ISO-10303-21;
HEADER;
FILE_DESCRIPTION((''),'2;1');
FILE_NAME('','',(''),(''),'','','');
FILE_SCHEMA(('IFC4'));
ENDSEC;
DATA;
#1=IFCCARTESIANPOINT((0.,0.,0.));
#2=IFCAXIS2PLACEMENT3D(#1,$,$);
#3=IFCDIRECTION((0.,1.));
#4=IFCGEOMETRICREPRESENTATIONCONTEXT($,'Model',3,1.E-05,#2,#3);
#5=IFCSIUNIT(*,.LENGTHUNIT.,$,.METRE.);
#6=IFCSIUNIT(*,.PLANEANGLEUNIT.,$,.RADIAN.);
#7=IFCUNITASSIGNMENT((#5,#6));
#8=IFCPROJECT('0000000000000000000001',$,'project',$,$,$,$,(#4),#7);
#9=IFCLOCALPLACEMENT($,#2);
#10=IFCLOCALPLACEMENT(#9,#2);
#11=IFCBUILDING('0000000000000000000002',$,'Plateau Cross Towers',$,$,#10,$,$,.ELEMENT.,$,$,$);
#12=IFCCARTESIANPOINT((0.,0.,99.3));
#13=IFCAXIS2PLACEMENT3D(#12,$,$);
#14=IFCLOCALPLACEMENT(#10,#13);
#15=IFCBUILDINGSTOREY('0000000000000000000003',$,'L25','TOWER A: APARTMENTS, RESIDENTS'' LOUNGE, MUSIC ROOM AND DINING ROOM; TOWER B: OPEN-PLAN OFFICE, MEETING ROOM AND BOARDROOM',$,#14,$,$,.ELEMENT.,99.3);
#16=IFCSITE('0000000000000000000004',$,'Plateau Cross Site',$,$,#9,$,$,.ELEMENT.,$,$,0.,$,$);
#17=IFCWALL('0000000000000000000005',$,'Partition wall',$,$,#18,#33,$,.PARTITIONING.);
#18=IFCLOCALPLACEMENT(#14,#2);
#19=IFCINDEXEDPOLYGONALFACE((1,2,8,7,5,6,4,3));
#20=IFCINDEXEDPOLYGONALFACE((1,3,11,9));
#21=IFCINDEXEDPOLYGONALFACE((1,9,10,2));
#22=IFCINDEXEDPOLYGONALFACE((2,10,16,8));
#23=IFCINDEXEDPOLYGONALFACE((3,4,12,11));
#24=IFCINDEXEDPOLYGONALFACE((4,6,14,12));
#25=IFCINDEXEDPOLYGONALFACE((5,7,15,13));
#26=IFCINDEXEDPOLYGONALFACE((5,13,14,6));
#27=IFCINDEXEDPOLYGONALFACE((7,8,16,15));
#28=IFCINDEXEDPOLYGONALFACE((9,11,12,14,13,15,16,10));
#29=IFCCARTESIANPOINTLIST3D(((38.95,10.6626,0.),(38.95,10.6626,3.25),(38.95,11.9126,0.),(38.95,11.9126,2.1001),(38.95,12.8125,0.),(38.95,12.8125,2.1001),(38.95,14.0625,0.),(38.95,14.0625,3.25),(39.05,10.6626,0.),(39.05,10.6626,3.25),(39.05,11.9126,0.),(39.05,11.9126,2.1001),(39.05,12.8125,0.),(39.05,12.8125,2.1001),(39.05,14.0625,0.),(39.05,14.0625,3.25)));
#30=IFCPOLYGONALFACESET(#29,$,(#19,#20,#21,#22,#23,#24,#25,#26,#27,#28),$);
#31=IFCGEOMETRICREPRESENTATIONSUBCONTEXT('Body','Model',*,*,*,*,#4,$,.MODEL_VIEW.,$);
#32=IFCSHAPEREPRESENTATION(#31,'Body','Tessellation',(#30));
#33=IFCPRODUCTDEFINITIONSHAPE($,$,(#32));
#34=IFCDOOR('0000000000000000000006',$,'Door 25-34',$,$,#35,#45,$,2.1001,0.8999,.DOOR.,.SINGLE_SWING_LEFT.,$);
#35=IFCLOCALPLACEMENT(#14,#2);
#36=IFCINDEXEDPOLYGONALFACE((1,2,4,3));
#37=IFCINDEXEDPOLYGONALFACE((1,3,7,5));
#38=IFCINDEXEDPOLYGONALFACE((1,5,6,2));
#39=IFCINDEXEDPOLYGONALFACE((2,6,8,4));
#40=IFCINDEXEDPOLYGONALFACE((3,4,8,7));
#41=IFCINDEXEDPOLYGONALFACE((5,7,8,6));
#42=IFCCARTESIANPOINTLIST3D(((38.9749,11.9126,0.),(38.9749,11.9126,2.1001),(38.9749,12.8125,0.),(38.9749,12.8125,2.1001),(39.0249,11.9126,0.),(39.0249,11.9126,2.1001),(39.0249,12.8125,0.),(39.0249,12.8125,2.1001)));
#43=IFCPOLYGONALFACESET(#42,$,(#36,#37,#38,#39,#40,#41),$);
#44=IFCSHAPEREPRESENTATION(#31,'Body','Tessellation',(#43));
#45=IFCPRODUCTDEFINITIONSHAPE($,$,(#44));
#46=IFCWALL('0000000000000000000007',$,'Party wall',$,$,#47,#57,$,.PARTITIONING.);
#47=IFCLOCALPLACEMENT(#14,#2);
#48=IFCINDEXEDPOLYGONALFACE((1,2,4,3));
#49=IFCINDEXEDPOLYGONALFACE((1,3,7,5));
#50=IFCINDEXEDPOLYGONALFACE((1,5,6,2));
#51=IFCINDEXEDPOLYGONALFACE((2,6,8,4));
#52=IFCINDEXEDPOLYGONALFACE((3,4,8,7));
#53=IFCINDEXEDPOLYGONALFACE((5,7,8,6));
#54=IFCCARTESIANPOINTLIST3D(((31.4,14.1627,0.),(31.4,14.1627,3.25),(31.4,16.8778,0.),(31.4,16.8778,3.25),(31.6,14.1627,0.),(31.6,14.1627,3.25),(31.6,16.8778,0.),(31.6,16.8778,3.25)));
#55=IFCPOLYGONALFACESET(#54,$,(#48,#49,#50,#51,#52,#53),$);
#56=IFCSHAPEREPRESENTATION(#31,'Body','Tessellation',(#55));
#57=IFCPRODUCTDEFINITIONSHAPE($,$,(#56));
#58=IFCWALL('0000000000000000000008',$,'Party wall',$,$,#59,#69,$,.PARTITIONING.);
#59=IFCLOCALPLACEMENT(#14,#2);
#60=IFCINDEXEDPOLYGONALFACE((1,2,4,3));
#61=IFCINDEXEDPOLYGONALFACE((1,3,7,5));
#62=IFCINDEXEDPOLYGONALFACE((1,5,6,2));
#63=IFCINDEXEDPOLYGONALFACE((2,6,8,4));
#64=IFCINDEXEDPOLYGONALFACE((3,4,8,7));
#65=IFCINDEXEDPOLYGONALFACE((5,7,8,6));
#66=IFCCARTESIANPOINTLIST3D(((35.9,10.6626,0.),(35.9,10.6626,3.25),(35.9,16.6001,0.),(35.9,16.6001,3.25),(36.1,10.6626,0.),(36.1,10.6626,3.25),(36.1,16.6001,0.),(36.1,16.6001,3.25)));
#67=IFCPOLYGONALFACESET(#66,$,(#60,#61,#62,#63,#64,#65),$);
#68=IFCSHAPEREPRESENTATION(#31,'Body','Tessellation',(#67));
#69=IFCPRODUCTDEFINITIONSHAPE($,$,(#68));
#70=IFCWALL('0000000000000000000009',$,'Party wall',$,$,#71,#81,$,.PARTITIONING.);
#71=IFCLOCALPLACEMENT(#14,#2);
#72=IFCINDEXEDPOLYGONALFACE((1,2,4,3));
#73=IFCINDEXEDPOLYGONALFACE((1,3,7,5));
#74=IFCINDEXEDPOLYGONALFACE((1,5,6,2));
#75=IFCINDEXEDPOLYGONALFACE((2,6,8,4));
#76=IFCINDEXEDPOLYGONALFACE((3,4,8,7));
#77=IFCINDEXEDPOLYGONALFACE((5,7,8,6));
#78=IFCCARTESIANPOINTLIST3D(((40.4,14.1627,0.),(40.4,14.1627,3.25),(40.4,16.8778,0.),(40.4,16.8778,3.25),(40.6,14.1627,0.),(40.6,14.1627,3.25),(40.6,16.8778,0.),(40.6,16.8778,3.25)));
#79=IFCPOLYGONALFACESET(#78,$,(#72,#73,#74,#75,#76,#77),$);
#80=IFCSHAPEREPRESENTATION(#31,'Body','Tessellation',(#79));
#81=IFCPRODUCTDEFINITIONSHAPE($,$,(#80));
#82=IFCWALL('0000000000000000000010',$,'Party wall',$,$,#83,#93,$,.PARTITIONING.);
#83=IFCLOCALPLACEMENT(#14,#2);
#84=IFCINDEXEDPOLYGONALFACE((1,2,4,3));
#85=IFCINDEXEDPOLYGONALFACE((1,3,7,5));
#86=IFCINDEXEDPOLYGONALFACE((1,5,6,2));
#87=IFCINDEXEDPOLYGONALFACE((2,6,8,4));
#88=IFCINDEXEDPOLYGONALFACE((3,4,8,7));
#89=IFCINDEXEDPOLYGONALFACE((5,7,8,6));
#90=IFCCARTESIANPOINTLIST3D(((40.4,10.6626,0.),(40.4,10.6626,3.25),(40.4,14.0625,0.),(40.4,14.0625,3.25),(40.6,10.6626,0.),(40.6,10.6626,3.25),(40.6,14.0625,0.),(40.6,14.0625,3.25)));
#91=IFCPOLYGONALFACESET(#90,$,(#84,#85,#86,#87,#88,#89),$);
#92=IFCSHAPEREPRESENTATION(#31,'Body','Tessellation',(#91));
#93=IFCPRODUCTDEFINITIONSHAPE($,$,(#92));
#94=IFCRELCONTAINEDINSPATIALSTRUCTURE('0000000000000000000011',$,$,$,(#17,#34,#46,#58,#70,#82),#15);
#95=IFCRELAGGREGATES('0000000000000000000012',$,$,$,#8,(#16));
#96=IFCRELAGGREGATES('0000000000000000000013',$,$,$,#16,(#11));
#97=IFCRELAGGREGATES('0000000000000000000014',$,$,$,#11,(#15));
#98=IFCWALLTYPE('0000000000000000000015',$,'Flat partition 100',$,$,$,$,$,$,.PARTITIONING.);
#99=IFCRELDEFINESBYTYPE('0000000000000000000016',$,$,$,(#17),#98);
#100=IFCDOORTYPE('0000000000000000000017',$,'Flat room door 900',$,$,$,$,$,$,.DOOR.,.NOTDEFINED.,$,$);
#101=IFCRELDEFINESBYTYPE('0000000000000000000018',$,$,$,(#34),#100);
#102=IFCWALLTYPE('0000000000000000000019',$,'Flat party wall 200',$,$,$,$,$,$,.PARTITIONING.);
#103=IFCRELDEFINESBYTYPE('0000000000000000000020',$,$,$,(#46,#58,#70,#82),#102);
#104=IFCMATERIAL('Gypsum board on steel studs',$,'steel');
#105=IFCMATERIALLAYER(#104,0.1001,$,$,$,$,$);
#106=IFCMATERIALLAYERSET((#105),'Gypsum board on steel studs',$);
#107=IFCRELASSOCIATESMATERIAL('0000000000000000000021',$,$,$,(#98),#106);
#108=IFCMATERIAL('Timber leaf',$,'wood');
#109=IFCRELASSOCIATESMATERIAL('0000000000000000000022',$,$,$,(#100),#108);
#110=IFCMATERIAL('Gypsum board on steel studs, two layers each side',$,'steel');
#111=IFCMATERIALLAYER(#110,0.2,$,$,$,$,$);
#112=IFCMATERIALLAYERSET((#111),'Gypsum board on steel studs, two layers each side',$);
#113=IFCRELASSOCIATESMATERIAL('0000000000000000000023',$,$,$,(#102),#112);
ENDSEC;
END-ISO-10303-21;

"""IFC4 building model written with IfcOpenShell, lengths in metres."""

from ifc_helpers import new_model, si_unit, direction, frame, frame_2d, origin, place, context, subcontext, project, spatial, rectangle, extrude, material, layer, layer_set, type_object, element, fill, save


model = new_model("IFC4")

# Units and contexts
model_context = context("Model", 3, precision=1e-05, world=origin(), true_north=direction((0.0, 1.0)))
body_context = subcontext(model_context, "Body", "Model", "MODEL_VIEW")
ifc_project = project(units=[si_unit("LENGTHUNIT", "METRE"), si_unit("PLANEANGLEUNIT", "RADIAN")], contexts=[model_context])

# Site, building, storey
site_placement = place(None, origin())
site = spatial("IfcSite", under=ifc_project, at=site_placement, Name="Plateau Cross Site", CompositionType="ELEMENT", RefElevation=0.0)
building_placement = place(site_placement, origin())
building = spatial("IfcBuilding", under=site, at=building_placement, Name="Plateau Cross Towers", CompositionType="ELEMENT")
storey_placement = place(building_placement, frame((0.0, 0.0, 99.3)))
storey = spatial("IfcBuildingStorey", under=building, at=storey_placement, Name="L25", Description="TOWER A: APARTMENTS, RESIDENTS' LOUNGE, MUSIC ROOM AND DINING ROOM; TOWER B: OPEN-PLAN OFFICE, MEETING ROOM AND BOARDROOM", CompositionType="ELEMENT", Elevation=99.3)

# Shared definitions
ifc_material_1 = material(Name="Gypsum board on steel studs", Category="steel")
ifc_layer_1 = layer(ifc_material_1, 0.1001)
ifc_layer_set_1 = layer_set([ifc_layer_1], Name="Gypsum board on steel studs")
wall_type_1 = type_object("IfcWallType", Name="Flat partition 100", PredefinedType="PARTITIONING", material=ifc_layer_set_1)

# Wall, opening, door
ifc_material_2 = material(Name="Timber leaf", Category="wood")
door_type = type_object("IfcDoorType", Name="Flat room door 900", OperationType="NOTDEFINED", PredefinedType="DOOR", material=ifc_material_2)
wall_1_placement = place(storey_placement, frame((39.0, 14.0625, 0.0), z_axis=(0.0, 0.0, 1.0), x_axis=(0.0, -1.0, 0.0)))
wall_1 = element("IfcWall", 1, at=wall_1_placement, inside=storey, type_object=wall_type_1, Name="Partition wall", PredefinedType="PARTITIONING", context=body_context, shape_type="SweptSolid", body=[
    extrude(rectangle(XDim=3.3999, YDim=0.1001, at=frame_2d((1.7, 0.0))), origin(), (0.0, 0.0, 1.0), 3.25),
])
opening_1_placement = place(wall_1_placement, frame((1.25, 0.0, 0.0)))
opening_1 = element("IfcOpeningElement", 2, at=opening_1_placement, cuts=wall_1, PredefinedType="OPENING", context=body_context, shape_type="SweptSolid", body=[
    extrude(rectangle(XDim=0.8999, YDim=2.1001, at=frame_2d((0.45, 1.05))), frame((0.0, 0.0601, 0.0), z_axis=(0.0, -1.0, 0.0), x_axis=(1.0, 0.0, 0.0)), (0.0, 0.0, 1.0), 0.1201),
])
door_1_placement = place(opening_1_placement, origin())
door_1 = element("IfcDoor", 3, at=door_1_placement, inside=storey, type_object=door_type, Name="Door 25-34", OperationType="SINGLE_SWING_LEFT", OverallHeight=2.1001, OverallWidth=0.8999, PredefinedType="DOOR", context=body_context, shape_type="SweptSolid", body=[
    extrude(rectangle(XDim=0.8999, YDim=2.1001, at=frame_2d((0.45, 1.05))), frame((0.0, 0.0249, 0.0), z_axis=(0.0, -1.0, 0.0), x_axis=(1.0, 0.0, 0.0)), (0.0, 0.0, 1.0), 0.05),
])
fill(opening_1, door_1)

# Walls
ifc_material_3 = material(Name="Gypsum board on steel studs, two layers each side", Category="steel")
ifc_layer_2 = layer(ifc_material_3, 0.2)
ifc_layer_set_2 = layer_set([ifc_layer_2], Name="Gypsum board on steel studs, two layers each side")
wall_type_2 = type_object("IfcWallType", Name="Flat party wall 200", PredefinedType="PARTITIONING", material=ifc_layer_set_2)
wall_2_placement = place(storey_placement, frame((31.5, 16.8777, 0.0), z_axis=(0.0, 0.0, 1.0), x_axis=(0.0, -1.0, 0.0)))
element("IfcWall", 4, at=wall_2_placement, inside=storey, type_object=wall_type_2, Name="Party wall", PredefinedType="PARTITIONING", context=body_context, shape_type="SweptSolid", body=[
    extrude(rectangle(XDim=2.7151, YDim=0.2, at=frame_2d((1.3574, 0.0))), origin(), (0.0, 0.0, 1.0), 3.25),
])
wall_3_placement = place(storey_placement, frame((36.0, 10.6626, 0.0), z_axis=(0.0, 0.0, 1.0), x_axis=(0.0, 1.0, 0.0)))
element("IfcWall", 5, at=wall_3_placement, inside=storey, type_object=wall_type_2, Name="Party wall", PredefinedType="PARTITIONING", context=body_context, shape_type="SweptSolid", body=[
    extrude(rectangle(XDim=5.9375, YDim=0.2, at=frame_2d((2.9688, 0.0))), origin(), (0.0, 0.0, 1.0), 3.25),
])
wall_4_placement = place(storey_placement, frame((40.5, 16.8777, 0.0), z_axis=(0.0, 0.0, 1.0), x_axis=(0.0, -1.0, 0.0)))
element("IfcWall", 6, at=wall_4_placement, inside=storey, type_object=wall_type_2, Name="Party wall", PredefinedType="PARTITIONING", context=body_context, shape_type="SweptSolid", body=[
    extrude(rectangle(XDim=2.7151, YDim=0.2, at=frame_2d((1.3574, 0.0))), origin(), (0.0, 0.0, 1.0), 3.25),
])
wall_5_placement = place(storey_placement, frame((40.5, 10.6626, 0.0), z_axis=(0.0, 0.0, 1.0), x_axis=(0.0, 1.0, 0.0)))
element("IfcWall", 7, at=wall_5_placement, inside=storey, type_object=wall_type_2, Name="Party wall", PredefinedType="PARTITIONING", context=body_context, shape_type="SweptSolid", body=[
    extrude(rectangle(XDim=3.3999, YDim=0.2, at=frame_2d((1.7, 0.0))), origin(), (0.0, 0.0, 1.0), 3.25),
])

save(model, "model.ifc")
